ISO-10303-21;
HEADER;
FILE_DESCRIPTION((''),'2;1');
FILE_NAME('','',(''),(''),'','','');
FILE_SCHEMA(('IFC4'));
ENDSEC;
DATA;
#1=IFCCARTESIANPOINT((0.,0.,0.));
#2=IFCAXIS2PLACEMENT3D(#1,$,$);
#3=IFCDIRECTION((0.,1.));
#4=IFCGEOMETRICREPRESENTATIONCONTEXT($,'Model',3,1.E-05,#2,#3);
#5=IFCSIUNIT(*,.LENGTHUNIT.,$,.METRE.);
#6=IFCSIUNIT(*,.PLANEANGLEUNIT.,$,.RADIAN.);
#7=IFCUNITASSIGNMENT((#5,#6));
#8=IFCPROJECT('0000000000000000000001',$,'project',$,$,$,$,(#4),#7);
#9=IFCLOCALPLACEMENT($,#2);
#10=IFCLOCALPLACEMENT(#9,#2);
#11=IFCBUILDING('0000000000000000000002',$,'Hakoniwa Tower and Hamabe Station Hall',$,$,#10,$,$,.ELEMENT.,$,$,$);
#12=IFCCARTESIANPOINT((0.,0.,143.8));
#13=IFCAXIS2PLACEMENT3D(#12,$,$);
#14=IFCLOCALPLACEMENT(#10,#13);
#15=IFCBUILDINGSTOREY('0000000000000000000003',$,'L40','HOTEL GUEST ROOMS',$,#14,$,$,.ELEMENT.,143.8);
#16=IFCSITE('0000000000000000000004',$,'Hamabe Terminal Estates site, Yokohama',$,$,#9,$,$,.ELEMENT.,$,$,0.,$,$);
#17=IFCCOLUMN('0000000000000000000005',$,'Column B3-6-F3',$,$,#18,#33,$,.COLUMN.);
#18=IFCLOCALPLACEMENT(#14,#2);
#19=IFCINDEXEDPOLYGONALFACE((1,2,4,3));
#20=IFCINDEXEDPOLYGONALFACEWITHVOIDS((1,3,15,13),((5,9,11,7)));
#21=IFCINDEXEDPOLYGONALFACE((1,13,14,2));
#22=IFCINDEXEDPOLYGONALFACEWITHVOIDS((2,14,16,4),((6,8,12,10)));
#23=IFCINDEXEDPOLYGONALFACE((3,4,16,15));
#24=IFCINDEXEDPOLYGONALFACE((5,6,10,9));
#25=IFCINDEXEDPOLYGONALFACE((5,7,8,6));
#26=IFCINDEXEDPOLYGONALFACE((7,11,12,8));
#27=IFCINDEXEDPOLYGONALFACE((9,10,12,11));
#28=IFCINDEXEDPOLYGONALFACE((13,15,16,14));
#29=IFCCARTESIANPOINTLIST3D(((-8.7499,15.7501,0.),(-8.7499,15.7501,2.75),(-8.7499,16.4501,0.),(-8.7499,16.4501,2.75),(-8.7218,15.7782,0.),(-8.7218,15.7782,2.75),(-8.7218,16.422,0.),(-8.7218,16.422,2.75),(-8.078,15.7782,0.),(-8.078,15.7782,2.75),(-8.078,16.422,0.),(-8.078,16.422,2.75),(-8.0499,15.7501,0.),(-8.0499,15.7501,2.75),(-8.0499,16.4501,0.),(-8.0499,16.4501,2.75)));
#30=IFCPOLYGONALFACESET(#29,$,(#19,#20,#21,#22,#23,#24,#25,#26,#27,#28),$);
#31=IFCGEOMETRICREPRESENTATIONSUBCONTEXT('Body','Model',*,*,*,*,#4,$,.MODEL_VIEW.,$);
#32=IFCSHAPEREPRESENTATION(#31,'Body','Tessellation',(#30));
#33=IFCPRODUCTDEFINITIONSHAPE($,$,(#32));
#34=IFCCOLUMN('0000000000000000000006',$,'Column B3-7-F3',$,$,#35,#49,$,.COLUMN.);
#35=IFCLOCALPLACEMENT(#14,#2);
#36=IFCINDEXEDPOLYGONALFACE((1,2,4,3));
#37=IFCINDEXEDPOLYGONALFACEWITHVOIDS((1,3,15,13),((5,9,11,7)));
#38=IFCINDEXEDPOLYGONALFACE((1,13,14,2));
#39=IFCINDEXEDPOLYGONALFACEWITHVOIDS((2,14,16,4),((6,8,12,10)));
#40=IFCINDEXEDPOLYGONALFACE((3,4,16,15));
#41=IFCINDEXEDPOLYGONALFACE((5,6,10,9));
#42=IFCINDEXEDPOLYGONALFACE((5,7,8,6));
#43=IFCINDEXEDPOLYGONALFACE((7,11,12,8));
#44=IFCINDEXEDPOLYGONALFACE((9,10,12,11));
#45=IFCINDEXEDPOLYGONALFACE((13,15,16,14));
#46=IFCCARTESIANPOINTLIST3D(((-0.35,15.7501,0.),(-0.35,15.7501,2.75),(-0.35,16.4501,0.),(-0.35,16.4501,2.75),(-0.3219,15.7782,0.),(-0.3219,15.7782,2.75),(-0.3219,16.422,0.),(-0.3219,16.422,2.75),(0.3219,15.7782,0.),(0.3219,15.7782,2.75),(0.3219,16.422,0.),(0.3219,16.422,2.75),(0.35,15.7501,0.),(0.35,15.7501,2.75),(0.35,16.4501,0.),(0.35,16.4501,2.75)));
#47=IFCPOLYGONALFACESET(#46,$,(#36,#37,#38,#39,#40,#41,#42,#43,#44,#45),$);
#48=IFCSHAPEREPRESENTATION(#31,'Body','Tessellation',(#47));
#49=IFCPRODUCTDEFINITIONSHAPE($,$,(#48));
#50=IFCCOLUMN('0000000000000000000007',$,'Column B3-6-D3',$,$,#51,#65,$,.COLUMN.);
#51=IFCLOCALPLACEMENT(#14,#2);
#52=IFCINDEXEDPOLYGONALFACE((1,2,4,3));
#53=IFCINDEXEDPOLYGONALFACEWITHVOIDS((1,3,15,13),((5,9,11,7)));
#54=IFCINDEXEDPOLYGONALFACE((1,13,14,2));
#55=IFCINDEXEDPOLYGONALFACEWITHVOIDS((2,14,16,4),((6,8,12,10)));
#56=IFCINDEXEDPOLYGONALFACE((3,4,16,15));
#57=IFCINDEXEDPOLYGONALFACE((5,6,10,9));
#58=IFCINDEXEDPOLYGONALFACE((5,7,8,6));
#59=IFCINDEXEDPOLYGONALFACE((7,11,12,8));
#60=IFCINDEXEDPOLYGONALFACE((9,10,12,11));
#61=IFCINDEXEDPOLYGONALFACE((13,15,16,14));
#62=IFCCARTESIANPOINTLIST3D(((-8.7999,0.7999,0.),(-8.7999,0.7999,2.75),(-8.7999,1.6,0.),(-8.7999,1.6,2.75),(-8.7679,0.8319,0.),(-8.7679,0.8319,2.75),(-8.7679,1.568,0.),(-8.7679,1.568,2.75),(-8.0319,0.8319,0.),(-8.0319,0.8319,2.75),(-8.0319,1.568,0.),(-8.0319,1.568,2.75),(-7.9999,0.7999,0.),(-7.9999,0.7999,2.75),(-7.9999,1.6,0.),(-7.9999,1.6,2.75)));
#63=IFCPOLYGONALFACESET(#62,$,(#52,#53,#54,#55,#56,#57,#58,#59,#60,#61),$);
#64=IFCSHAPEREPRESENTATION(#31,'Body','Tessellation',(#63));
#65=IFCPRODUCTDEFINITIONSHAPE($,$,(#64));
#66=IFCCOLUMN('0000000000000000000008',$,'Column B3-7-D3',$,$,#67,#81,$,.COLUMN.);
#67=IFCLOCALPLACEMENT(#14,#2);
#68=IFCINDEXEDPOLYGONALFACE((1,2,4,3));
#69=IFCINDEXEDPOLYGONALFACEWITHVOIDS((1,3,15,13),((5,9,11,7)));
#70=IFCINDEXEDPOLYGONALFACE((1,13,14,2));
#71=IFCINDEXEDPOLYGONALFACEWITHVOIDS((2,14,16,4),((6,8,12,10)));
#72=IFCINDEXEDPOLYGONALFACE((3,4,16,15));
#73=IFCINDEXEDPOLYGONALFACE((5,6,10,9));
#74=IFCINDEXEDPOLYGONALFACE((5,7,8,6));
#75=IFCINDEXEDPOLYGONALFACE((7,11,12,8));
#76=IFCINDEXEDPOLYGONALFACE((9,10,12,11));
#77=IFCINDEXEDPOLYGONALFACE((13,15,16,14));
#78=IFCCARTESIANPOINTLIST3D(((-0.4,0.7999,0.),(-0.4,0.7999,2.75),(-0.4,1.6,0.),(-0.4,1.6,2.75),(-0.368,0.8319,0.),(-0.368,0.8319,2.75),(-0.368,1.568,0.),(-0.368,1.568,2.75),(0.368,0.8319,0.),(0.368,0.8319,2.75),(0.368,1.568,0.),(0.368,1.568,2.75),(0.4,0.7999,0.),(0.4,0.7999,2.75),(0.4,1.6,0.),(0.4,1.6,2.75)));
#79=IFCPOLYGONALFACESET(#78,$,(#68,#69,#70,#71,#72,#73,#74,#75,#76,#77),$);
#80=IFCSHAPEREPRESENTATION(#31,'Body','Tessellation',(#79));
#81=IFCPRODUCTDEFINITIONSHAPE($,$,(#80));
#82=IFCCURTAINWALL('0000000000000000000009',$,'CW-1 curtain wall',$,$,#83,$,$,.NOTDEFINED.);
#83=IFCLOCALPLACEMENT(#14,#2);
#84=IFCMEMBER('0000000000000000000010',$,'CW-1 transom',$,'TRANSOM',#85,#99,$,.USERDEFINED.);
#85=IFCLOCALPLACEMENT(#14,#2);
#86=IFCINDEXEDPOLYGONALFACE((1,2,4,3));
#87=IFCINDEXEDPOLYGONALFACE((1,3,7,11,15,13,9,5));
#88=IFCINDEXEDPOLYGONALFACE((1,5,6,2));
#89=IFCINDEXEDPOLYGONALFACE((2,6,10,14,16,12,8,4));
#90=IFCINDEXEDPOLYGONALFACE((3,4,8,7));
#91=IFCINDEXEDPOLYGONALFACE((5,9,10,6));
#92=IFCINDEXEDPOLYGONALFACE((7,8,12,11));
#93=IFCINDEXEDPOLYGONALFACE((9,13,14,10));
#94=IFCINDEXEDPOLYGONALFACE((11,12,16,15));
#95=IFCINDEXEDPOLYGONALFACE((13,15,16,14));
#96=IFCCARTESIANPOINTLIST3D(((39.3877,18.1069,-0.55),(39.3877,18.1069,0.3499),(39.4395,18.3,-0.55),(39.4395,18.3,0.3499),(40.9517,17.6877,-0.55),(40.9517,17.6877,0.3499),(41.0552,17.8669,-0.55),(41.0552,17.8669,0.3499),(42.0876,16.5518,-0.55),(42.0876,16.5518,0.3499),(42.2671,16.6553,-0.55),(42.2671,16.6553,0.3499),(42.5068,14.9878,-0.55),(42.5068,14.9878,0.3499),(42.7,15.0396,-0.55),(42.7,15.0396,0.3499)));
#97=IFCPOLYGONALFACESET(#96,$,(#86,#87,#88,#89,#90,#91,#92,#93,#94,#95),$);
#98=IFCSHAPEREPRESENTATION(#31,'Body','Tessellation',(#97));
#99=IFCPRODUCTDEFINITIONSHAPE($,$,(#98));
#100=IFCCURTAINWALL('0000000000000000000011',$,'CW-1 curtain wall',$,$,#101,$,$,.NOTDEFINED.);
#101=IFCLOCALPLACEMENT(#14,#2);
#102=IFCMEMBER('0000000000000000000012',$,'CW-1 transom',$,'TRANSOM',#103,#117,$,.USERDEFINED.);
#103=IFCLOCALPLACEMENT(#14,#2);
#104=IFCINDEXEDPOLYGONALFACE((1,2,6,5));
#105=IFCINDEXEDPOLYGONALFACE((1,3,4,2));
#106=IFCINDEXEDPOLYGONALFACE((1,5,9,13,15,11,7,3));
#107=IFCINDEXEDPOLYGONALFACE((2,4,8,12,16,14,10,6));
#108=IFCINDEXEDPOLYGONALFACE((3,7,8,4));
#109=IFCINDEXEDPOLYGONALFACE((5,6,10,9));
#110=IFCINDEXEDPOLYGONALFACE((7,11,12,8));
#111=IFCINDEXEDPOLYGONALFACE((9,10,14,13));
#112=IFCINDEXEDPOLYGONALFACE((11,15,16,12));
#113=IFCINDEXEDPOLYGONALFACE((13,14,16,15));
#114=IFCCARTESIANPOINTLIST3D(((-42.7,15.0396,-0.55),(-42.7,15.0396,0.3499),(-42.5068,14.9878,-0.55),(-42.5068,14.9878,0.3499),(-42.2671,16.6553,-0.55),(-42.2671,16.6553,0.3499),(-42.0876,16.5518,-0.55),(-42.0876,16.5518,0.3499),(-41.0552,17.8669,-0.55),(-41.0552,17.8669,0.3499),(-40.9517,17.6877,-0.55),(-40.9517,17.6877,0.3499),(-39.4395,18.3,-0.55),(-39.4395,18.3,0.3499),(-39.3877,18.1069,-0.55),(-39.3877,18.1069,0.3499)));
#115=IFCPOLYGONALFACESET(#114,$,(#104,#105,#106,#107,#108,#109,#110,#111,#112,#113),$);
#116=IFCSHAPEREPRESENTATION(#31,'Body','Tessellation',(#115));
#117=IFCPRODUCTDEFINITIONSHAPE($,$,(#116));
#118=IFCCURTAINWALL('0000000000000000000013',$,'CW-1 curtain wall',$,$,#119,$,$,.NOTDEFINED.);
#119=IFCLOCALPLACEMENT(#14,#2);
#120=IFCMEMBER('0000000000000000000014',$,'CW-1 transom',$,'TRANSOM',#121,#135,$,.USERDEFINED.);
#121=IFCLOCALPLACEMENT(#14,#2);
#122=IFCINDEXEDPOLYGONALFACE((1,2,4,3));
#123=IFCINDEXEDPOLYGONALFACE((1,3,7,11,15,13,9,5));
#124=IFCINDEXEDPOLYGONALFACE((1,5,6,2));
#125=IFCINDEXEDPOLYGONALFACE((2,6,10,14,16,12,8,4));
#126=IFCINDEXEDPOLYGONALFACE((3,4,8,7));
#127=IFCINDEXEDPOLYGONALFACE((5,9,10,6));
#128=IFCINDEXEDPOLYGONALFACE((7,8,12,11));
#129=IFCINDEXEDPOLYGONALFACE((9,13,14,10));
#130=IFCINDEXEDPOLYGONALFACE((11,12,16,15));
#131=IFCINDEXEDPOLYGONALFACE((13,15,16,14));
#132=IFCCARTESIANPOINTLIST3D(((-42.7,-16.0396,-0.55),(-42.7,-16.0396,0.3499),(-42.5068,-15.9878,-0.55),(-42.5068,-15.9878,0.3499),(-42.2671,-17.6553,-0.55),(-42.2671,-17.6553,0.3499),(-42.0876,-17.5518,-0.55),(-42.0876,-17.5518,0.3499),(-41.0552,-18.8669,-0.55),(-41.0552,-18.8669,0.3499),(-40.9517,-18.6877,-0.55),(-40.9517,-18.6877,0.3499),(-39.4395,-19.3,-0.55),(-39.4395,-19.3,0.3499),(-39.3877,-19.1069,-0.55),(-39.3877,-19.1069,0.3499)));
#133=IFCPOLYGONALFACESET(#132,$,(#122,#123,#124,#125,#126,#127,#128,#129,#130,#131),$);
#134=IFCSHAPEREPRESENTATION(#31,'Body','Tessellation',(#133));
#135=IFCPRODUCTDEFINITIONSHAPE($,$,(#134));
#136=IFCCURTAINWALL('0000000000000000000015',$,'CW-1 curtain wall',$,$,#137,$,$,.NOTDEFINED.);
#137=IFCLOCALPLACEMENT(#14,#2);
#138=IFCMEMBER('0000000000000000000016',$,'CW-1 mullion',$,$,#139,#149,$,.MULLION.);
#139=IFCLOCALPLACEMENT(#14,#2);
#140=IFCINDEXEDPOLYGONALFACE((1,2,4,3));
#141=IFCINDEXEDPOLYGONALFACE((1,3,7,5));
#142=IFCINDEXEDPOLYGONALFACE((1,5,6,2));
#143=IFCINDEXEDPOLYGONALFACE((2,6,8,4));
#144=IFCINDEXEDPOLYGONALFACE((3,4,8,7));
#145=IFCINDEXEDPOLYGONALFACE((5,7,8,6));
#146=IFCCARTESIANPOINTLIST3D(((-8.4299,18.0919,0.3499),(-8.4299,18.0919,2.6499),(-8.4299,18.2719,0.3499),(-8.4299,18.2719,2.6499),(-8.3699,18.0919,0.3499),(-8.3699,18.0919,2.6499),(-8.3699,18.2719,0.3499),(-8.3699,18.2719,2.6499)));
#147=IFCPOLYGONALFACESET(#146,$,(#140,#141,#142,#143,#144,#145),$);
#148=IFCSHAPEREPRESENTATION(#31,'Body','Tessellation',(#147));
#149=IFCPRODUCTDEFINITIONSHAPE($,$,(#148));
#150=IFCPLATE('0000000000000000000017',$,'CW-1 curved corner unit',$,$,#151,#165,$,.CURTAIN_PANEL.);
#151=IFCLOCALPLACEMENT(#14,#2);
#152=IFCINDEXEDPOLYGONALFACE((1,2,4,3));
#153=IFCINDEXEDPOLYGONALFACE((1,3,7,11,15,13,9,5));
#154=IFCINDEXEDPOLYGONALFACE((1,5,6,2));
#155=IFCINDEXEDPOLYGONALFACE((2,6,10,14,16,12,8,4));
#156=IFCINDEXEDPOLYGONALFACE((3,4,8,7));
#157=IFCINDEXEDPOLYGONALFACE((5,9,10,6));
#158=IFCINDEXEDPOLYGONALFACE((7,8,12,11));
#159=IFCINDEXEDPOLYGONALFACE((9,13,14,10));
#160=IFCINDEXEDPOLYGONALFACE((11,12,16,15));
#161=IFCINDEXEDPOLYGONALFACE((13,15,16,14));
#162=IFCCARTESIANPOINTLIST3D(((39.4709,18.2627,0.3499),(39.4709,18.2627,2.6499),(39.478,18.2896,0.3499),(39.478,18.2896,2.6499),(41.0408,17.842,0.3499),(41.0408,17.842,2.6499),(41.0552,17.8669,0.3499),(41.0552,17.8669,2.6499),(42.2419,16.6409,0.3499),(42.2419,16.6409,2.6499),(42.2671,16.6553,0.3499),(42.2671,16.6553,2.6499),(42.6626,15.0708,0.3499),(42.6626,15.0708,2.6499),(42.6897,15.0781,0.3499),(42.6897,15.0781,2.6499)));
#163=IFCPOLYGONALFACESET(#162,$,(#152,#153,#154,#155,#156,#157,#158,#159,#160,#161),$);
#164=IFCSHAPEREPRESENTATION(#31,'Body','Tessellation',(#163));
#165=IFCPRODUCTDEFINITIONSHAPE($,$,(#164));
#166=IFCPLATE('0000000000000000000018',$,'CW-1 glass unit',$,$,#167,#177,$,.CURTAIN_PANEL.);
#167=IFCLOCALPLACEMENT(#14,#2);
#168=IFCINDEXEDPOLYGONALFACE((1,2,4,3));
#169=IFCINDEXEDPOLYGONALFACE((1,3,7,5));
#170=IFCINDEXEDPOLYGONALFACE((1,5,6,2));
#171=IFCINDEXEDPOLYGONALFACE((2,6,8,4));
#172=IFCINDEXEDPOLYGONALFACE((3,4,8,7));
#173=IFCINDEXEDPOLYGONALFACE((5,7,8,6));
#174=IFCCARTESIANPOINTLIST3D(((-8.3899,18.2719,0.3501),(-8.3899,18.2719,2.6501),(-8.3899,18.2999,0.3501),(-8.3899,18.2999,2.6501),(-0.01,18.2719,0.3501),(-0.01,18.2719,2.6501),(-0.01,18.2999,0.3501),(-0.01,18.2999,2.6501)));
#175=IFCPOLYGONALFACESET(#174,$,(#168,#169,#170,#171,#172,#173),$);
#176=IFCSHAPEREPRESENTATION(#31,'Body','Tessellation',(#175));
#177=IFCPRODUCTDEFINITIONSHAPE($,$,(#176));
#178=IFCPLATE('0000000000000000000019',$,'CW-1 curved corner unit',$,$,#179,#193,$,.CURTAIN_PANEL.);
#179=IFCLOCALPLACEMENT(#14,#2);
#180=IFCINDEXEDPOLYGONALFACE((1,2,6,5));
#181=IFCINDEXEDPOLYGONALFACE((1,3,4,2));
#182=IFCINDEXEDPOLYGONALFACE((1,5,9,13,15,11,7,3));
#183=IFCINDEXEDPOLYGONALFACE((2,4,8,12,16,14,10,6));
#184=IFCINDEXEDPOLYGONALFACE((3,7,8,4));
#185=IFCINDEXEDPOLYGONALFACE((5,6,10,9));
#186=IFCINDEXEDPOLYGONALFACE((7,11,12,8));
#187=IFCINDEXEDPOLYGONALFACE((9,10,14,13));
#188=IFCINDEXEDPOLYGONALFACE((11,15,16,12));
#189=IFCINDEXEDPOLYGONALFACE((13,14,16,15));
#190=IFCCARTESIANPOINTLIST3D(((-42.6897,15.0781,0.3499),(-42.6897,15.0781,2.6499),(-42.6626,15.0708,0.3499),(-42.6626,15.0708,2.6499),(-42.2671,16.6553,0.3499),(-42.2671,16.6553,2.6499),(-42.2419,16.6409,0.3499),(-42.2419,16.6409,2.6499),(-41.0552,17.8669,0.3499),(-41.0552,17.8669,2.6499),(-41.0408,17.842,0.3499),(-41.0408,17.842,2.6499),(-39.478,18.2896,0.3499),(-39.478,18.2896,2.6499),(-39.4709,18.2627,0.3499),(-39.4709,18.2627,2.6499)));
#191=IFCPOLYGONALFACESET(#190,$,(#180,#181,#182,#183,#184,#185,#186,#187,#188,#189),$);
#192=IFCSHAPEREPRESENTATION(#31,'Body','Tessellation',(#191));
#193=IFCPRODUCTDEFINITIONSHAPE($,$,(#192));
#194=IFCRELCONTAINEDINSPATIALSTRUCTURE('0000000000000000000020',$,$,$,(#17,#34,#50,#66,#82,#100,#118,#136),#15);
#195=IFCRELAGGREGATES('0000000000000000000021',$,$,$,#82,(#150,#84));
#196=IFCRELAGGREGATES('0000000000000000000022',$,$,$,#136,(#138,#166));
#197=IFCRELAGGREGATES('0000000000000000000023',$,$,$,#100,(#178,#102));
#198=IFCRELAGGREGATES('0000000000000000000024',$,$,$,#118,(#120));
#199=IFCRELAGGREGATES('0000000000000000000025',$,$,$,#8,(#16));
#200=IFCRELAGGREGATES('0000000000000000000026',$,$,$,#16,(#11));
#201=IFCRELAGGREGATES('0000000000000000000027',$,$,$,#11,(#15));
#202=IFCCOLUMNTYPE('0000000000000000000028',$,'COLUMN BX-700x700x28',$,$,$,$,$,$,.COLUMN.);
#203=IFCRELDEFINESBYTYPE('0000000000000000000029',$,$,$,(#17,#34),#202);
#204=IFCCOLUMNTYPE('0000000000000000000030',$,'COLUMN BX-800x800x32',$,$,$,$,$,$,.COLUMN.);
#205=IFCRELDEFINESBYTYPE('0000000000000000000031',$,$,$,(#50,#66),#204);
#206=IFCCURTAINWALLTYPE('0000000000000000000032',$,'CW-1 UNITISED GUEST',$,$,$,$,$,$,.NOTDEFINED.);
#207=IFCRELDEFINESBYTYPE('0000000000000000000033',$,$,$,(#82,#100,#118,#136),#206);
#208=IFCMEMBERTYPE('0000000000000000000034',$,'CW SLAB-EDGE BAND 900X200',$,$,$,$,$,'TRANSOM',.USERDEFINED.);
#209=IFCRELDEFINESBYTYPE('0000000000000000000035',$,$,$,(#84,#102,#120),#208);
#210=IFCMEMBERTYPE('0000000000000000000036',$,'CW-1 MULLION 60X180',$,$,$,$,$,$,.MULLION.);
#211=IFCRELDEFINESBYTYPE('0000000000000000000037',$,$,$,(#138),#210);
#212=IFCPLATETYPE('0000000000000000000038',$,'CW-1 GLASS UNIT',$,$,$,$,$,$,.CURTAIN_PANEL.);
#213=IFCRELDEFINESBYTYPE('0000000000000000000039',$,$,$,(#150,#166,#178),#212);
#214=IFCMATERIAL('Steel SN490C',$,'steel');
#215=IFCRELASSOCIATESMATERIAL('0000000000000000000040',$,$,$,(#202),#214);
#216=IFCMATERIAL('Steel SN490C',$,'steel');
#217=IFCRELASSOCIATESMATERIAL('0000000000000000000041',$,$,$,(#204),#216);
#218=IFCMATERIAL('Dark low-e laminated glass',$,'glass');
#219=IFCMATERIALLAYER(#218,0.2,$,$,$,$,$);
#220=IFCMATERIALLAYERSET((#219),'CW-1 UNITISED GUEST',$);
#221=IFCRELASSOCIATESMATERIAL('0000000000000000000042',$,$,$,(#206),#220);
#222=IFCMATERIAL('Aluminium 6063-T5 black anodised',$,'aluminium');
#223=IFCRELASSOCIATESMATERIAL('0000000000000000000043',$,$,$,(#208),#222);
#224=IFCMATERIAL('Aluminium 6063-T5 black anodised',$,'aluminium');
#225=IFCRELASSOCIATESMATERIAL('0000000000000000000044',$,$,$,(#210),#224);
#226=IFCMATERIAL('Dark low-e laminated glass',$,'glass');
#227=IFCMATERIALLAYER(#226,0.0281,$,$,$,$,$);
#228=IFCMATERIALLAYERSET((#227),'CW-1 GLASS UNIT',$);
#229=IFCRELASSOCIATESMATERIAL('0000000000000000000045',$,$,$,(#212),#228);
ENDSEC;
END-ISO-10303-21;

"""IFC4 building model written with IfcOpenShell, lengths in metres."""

from ifc_helpers import new_model, si_unit, direction, frame, origin, origin_2d, place, context, subcontext, project, spatial, polyline, rectangle, hollow_rectangle, outline, extrude, material, layer, layer_set, material_profile, profile_set, type_object, element, aggregate, save


model = new_model("IFC4")

# Units and contexts
model_context = context("Model", 3, precision=1e-05, world=origin(), true_north=direction((0.0, 1.0)))
body_context = subcontext(model_context, "Body", "Model", "MODEL_VIEW")
ifc_project = project(units=[si_unit("LENGTHUNIT", "METRE"), si_unit("PLANEANGLEUNIT", "RADIAN")], contexts=[model_context])

# Site, building, storey
site_placement = place(None, origin())
site = spatial("IfcSite", under=ifc_project, at=site_placement, Name="Hamabe Terminal Estates site, Yokohama", CompositionType="ELEMENT", RefElevation=0.0)
building_placement = place(site_placement, origin())
building = spatial("IfcBuilding", under=site, at=building_placement, Name="Hakoniwa Tower and Hamabe Station Hall", CompositionType="ELEMENT")
storey_placement = place(building_placement, frame((0.0, 0.0, 143.8)))
storey = spatial("IfcBuildingStorey", under=building, at=storey_placement, Name="L40", Description="HOTEL GUEST ROOMS", CompositionType="ELEMENT", Elevation=143.8)

# Columns
ifc_material_1 = material(Name="Steel SN490C", Category="steel")
ifc_material_profile_1 = material_profile(ifc_material_1, hollow_rectangle(XDim=0.7, YDim=0.7, WallThickness=0.0281, at=origin_2d()), Name="BX-700x700x28")
ifc_profile_set_1 = profile_set([ifc_material_profile_1], Name="Steel SN490C")
column_type_1 = type_object("IfcColumnType", Name="COLUMN BX-700x700x28", PredefinedType="COLUMN", material=ifc_profile_set_1)
for number, where, z_axis, x_axis, name in (
    (1, (-8.3999, 16.1001, 0.0), (0.0, 0.0, 1.0), (1.0, 0.0, 0.0), "Column B3-6-F3"),
    (2, (0.0, 16.1001, 0.0), (0.0, 0.0, 1.0), (1.0, 0.0, 0.0), "Column B3-7-F3"),
):
    element("IfcColumn", number, at=place(storey_placement, frame(where, z_axis=z_axis, x_axis=x_axis)), inside=storey, type_object=column_type_1, Name=name, PredefinedType="COLUMN", context=body_context, shape_type="SweptSolid", body=[
        extrude(hollow_rectangle(XDim=0.7, YDim=0.7, WallThickness=0.0281, at=origin_2d()), origin(), (0.0, 0.0, 1.0), 2.75),
    ])
ifc_material_2 = material(Name="Steel SN490C", Category="steel")
ifc_material_profile_2 = material_profile(ifc_material_2, hollow_rectangle(XDim=0.8, YDim=0.8, WallThickness=0.032, at=origin_2d()), Name="BX-800x800x32")
ifc_profile_set_2 = profile_set([ifc_material_profile_2], Name="Steel SN490C")
column_type_2 = type_object("IfcColumnType", Name="COLUMN BX-800x800x32", PredefinedType="COLUMN", material=ifc_profile_set_2)
for number, where, z_axis, x_axis, name in (
    (3, (-8.3999, 1.2, 0.0), (0.0, 0.0, 1.0), (1.0, 0.0, 0.0), "Column B3-6-D3"),
    (4, (0.0, 1.2, 0.0), (0.0, 0.0, 1.0), (1.0, 0.0, 0.0), "Column B3-7-D3"),
):
    element("IfcColumn", number, at=place(storey_placement, frame(where, z_axis=z_axis, x_axis=x_axis)), inside=storey, type_object=column_type_2, Name=name, PredefinedType="COLUMN", context=body_context, shape_type="SweptSolid", body=[
        extrude(hollow_rectangle(XDim=0.8, YDim=0.8, WallThickness=0.032, at=origin_2d()), origin(), (0.0, 0.0, 1.0), 2.75),
    ])

# Curtain walls, members
ifc_material_3 = material(Name="Dark low-e laminated glass", Category="glass")
ifc_layer_1 = layer(ifc_material_3, 0.2)
ifc_layer_set_1 = layer_set([ifc_layer_1], Name="CW-1 UNITISED GUEST")
curtain_wall_type = type_object("IfcCurtainWallType", Name="CW-1 UNITISED GUEST", PredefinedType="NOTDEFINED", material=ifc_layer_set_1)
curtain_wall_1_placement = place(storey_placement, origin())
curtain_wall_1 = element("IfcCurtainWall", 5, at=curtain_wall_1_placement, inside=storey, type_object=curtain_wall_type, Name="CW-1 curtain wall", PredefinedType="NOTDEFINED")
ifc_material_4 = material(Name="Aluminium 6063-T5 black anodised", Category="aluminium")
ifc_material_profile_3 = material_profile(ifc_material_4, rectangle(XDim=0.2, YDim=0.8999, at=origin_2d()), Name="CW SLAB-EDGE BAND 900X200")
ifc_profile_set_3 = profile_set([ifc_material_profile_3], Name="Aluminium 6063-T5 black anodised")
member_type_1 = type_object("IfcMemberType", Name="CW SLAB-EDGE BAND 900X200", ElementType="TRANSOM", PredefinedType="USERDEFINED", material=ifc_profile_set_3)
member_1_placement = place(storey_placement, frame((0.0, 0.0, -0.55)))
member_1 = element("IfcMember", 6, at=member_1_placement, type_object=member_type_1, Name="CW-1 transom", ObjectType="TRANSOM", PredefinedType="USERDEFINED", context=body_context, shape_type="SweptSolid", body=[
    extrude(outline(polyline([(42.7, 15.0396), (42.2671, 16.6553), (41.0552, 17.8669), (39.4395, 18.3), (39.3877, 18.1069), (40.9517, 17.6877), (42.0876, 16.5518), (42.5068, 14.9878), (42.7, 15.0396)])), origin(), (0.0, 0.0, 1.0), 0.8999),
])
curtain_wall_2_placement = place(storey_placement, origin())
curtain_wall_2 = element("IfcCurtainWall", 7, at=curtain_wall_2_placement, inside=storey, type_object=curtain_wall_type, Name="CW-1 curtain wall", PredefinedType="NOTDEFINED")
member_2_placement = place(storey_placement, frame((0.0, 0.0, -0.55)))
member_2 = element("IfcMember", 8, at=member_2_placement, type_object=member_type_1, Name="CW-1 transom", ObjectType="TRANSOM", PredefinedType="USERDEFINED", context=body_context, shape_type="SweptSolid", body=[
    extrude(outline(polyline([(-39.4395, 18.3), (-41.0552, 17.8669), (-42.2671, 16.6553), (-42.7, 15.0396), (-42.5068, 14.9878), (-42.0876, 16.5518), (-40.9517, 17.6877), (-39.3877, 18.1069), (-39.4395, 18.3)])), origin(), (0.0, 0.0, 1.0), 0.8999),
])
curtain_wall_3_placement = place(storey_placement, origin())
curtain_wall_3 = element("IfcCurtainWall", 9, at=curtain_wall_3_placement, inside=storey, type_object=curtain_wall_type, Name="CW-1 curtain wall", PredefinedType="NOTDEFINED")
member_3_placement = place(storey_placement, frame((0.0, 0.0, -0.55)))
member_3 = element("IfcMember", 10, at=member_3_placement, type_object=member_type_1, Name="CW-1 transom", ObjectType="TRANSOM", PredefinedType="USERDEFINED", context=body_context, shape_type="SweptSolid", body=[
    extrude(outline(polyline([(-42.7, -16.0396), (-42.2671, -17.6553), (-41.0552, -18.8669), (-39.4395, -19.3), (-39.3877, -19.1069), (-40.9517, -18.6877), (-42.0876, -17.5518), (-42.5068, -15.9878), (-42.7, -16.0396)])), origin(), (0.0, 0.0, 1.0), 0.8999),
])
curtain_wall_4_placement = place(storey_placement, origin())
curtain_wall_4 = element("IfcCurtainWall", 11, at=curtain_wall_4_placement, inside=storey, type_object=curtain_wall_type, Name="CW-1 curtain wall", PredefinedType="NOTDEFINED")
ifc_material_5 = material(Name="Aluminium 6063-T5 black anodised", Category="aluminium")
ifc_material_profile_4 = material_profile(ifc_material_5, rectangle(XDim=0.0601, YDim=0.1799, at=origin_2d()), Name="CW-1 MULLION 60X180")
ifc_profile_set_4 = profile_set([ifc_material_profile_4], Name="Aluminium 6063-T5 black anodised")
member_type_2 = type_object("IfcMemberType", Name="CW-1 MULLION 60X180", PredefinedType="MULLION", material=ifc_profile_set_4)
member_4_placement = place(storey_placement, frame((-8.3999, 18.1819, 0.3499), z_axis=(0.0, 0.0, 1.0), x_axis=(-1.0, 0.0, 0.0)))
member_4 = element("IfcMember", 12, at=member_4_placement, type_object=member_type_2, Name="CW-1 mullion", PredefinedType="MULLION", context=body_context, shape_type="SweptSolid", body=[
    extrude(rectangle(XDim=0.0601, YDim=0.1799, at=origin_2d()), origin(), (0.0, 0.0, 1.0), 2.3),
])

# Plates
ifc_material_6 = material(Name="Dark low-e laminated glass", Category="glass")
ifc_layer_2 = layer(ifc_material_6, 0.0281)
ifc_layer_set_2 = layer_set([ifc_layer_2], Name="CW-1 GLASS UNIT")
plate_type = type_object("IfcPlateType", Name="CW-1 GLASS UNIT", PredefinedType="CURTAIN_PANEL", material=ifc_layer_set_2)
plate_1_placement = place(storey_placement, frame((0.0, 0.0, 0.3499)))
plate_1 = element("IfcPlate", 13, at=plate_1_placement, type_object=plate_type, Name="CW-1 curved corner unit", PredefinedType="CURTAIN_PANEL", context=body_context, shape_type="SweptSolid", body=[
    extrude(outline(polyline([(42.6897, 15.0781), (42.2671, 16.6553), (41.0552, 17.8669), (39.478, 18.2896), (39.4709, 18.2627), (41.0408, 17.842), (42.2419, 16.6409), (42.6626, 15.0708), (42.6897, 15.0781)])), origin(), (0.0, 0.0, 1.0), 2.3),
])
aggregate(curtain_wall_1, [plate_1, member_1])
plate_2_placement = place(storey_placement, frame((-4.2, 18.2859, 0.3501), z_axis=(0.0, 0.0, 1.0), x_axis=(-1.0, 0.0, 0.0)))
plate_2 = element("IfcPlate", 14, at=plate_2_placement, type_object=plate_type, Name="CW-1 glass unit", PredefinedType="CURTAIN_PANEL", context=body_context, shape_type="SweptSolid", body=[
    extrude(rectangle(XDim=8.3799, YDim=0.0281, at=origin_2d()), origin(), (0.0, 0.0, 1.0), 2.3),
])
aggregate(curtain_wall_4, [member_4, plate_2])
plate_3_placement = place(storey_placement, frame((0.0, 0.0, 0.3499)))
plate_3 = element("IfcPlate", 15, at=plate_3_placement, type_object=plate_type, Name="CW-1 curved corner unit", PredefinedType="CURTAIN_PANEL", context=body_context, shape_type="SweptSolid", body=[
    extrude(outline(polyline([(-39.478, 18.2896), (-41.0552, 17.8669), (-42.2671, 16.6553), (-42.6897, 15.0781), (-42.6626, 15.0708), (-42.2419, 16.6409), (-41.0408, 17.842), (-39.4709, 18.2627), (-39.478, 18.2896)])), origin(), (0.0, 0.0, 1.0), 2.3),
])
aggregate(curtain_wall_2, [plate_3, member_2])
aggregate(curtain_wall_3, [member_3])

save(model, "model.ifc")
